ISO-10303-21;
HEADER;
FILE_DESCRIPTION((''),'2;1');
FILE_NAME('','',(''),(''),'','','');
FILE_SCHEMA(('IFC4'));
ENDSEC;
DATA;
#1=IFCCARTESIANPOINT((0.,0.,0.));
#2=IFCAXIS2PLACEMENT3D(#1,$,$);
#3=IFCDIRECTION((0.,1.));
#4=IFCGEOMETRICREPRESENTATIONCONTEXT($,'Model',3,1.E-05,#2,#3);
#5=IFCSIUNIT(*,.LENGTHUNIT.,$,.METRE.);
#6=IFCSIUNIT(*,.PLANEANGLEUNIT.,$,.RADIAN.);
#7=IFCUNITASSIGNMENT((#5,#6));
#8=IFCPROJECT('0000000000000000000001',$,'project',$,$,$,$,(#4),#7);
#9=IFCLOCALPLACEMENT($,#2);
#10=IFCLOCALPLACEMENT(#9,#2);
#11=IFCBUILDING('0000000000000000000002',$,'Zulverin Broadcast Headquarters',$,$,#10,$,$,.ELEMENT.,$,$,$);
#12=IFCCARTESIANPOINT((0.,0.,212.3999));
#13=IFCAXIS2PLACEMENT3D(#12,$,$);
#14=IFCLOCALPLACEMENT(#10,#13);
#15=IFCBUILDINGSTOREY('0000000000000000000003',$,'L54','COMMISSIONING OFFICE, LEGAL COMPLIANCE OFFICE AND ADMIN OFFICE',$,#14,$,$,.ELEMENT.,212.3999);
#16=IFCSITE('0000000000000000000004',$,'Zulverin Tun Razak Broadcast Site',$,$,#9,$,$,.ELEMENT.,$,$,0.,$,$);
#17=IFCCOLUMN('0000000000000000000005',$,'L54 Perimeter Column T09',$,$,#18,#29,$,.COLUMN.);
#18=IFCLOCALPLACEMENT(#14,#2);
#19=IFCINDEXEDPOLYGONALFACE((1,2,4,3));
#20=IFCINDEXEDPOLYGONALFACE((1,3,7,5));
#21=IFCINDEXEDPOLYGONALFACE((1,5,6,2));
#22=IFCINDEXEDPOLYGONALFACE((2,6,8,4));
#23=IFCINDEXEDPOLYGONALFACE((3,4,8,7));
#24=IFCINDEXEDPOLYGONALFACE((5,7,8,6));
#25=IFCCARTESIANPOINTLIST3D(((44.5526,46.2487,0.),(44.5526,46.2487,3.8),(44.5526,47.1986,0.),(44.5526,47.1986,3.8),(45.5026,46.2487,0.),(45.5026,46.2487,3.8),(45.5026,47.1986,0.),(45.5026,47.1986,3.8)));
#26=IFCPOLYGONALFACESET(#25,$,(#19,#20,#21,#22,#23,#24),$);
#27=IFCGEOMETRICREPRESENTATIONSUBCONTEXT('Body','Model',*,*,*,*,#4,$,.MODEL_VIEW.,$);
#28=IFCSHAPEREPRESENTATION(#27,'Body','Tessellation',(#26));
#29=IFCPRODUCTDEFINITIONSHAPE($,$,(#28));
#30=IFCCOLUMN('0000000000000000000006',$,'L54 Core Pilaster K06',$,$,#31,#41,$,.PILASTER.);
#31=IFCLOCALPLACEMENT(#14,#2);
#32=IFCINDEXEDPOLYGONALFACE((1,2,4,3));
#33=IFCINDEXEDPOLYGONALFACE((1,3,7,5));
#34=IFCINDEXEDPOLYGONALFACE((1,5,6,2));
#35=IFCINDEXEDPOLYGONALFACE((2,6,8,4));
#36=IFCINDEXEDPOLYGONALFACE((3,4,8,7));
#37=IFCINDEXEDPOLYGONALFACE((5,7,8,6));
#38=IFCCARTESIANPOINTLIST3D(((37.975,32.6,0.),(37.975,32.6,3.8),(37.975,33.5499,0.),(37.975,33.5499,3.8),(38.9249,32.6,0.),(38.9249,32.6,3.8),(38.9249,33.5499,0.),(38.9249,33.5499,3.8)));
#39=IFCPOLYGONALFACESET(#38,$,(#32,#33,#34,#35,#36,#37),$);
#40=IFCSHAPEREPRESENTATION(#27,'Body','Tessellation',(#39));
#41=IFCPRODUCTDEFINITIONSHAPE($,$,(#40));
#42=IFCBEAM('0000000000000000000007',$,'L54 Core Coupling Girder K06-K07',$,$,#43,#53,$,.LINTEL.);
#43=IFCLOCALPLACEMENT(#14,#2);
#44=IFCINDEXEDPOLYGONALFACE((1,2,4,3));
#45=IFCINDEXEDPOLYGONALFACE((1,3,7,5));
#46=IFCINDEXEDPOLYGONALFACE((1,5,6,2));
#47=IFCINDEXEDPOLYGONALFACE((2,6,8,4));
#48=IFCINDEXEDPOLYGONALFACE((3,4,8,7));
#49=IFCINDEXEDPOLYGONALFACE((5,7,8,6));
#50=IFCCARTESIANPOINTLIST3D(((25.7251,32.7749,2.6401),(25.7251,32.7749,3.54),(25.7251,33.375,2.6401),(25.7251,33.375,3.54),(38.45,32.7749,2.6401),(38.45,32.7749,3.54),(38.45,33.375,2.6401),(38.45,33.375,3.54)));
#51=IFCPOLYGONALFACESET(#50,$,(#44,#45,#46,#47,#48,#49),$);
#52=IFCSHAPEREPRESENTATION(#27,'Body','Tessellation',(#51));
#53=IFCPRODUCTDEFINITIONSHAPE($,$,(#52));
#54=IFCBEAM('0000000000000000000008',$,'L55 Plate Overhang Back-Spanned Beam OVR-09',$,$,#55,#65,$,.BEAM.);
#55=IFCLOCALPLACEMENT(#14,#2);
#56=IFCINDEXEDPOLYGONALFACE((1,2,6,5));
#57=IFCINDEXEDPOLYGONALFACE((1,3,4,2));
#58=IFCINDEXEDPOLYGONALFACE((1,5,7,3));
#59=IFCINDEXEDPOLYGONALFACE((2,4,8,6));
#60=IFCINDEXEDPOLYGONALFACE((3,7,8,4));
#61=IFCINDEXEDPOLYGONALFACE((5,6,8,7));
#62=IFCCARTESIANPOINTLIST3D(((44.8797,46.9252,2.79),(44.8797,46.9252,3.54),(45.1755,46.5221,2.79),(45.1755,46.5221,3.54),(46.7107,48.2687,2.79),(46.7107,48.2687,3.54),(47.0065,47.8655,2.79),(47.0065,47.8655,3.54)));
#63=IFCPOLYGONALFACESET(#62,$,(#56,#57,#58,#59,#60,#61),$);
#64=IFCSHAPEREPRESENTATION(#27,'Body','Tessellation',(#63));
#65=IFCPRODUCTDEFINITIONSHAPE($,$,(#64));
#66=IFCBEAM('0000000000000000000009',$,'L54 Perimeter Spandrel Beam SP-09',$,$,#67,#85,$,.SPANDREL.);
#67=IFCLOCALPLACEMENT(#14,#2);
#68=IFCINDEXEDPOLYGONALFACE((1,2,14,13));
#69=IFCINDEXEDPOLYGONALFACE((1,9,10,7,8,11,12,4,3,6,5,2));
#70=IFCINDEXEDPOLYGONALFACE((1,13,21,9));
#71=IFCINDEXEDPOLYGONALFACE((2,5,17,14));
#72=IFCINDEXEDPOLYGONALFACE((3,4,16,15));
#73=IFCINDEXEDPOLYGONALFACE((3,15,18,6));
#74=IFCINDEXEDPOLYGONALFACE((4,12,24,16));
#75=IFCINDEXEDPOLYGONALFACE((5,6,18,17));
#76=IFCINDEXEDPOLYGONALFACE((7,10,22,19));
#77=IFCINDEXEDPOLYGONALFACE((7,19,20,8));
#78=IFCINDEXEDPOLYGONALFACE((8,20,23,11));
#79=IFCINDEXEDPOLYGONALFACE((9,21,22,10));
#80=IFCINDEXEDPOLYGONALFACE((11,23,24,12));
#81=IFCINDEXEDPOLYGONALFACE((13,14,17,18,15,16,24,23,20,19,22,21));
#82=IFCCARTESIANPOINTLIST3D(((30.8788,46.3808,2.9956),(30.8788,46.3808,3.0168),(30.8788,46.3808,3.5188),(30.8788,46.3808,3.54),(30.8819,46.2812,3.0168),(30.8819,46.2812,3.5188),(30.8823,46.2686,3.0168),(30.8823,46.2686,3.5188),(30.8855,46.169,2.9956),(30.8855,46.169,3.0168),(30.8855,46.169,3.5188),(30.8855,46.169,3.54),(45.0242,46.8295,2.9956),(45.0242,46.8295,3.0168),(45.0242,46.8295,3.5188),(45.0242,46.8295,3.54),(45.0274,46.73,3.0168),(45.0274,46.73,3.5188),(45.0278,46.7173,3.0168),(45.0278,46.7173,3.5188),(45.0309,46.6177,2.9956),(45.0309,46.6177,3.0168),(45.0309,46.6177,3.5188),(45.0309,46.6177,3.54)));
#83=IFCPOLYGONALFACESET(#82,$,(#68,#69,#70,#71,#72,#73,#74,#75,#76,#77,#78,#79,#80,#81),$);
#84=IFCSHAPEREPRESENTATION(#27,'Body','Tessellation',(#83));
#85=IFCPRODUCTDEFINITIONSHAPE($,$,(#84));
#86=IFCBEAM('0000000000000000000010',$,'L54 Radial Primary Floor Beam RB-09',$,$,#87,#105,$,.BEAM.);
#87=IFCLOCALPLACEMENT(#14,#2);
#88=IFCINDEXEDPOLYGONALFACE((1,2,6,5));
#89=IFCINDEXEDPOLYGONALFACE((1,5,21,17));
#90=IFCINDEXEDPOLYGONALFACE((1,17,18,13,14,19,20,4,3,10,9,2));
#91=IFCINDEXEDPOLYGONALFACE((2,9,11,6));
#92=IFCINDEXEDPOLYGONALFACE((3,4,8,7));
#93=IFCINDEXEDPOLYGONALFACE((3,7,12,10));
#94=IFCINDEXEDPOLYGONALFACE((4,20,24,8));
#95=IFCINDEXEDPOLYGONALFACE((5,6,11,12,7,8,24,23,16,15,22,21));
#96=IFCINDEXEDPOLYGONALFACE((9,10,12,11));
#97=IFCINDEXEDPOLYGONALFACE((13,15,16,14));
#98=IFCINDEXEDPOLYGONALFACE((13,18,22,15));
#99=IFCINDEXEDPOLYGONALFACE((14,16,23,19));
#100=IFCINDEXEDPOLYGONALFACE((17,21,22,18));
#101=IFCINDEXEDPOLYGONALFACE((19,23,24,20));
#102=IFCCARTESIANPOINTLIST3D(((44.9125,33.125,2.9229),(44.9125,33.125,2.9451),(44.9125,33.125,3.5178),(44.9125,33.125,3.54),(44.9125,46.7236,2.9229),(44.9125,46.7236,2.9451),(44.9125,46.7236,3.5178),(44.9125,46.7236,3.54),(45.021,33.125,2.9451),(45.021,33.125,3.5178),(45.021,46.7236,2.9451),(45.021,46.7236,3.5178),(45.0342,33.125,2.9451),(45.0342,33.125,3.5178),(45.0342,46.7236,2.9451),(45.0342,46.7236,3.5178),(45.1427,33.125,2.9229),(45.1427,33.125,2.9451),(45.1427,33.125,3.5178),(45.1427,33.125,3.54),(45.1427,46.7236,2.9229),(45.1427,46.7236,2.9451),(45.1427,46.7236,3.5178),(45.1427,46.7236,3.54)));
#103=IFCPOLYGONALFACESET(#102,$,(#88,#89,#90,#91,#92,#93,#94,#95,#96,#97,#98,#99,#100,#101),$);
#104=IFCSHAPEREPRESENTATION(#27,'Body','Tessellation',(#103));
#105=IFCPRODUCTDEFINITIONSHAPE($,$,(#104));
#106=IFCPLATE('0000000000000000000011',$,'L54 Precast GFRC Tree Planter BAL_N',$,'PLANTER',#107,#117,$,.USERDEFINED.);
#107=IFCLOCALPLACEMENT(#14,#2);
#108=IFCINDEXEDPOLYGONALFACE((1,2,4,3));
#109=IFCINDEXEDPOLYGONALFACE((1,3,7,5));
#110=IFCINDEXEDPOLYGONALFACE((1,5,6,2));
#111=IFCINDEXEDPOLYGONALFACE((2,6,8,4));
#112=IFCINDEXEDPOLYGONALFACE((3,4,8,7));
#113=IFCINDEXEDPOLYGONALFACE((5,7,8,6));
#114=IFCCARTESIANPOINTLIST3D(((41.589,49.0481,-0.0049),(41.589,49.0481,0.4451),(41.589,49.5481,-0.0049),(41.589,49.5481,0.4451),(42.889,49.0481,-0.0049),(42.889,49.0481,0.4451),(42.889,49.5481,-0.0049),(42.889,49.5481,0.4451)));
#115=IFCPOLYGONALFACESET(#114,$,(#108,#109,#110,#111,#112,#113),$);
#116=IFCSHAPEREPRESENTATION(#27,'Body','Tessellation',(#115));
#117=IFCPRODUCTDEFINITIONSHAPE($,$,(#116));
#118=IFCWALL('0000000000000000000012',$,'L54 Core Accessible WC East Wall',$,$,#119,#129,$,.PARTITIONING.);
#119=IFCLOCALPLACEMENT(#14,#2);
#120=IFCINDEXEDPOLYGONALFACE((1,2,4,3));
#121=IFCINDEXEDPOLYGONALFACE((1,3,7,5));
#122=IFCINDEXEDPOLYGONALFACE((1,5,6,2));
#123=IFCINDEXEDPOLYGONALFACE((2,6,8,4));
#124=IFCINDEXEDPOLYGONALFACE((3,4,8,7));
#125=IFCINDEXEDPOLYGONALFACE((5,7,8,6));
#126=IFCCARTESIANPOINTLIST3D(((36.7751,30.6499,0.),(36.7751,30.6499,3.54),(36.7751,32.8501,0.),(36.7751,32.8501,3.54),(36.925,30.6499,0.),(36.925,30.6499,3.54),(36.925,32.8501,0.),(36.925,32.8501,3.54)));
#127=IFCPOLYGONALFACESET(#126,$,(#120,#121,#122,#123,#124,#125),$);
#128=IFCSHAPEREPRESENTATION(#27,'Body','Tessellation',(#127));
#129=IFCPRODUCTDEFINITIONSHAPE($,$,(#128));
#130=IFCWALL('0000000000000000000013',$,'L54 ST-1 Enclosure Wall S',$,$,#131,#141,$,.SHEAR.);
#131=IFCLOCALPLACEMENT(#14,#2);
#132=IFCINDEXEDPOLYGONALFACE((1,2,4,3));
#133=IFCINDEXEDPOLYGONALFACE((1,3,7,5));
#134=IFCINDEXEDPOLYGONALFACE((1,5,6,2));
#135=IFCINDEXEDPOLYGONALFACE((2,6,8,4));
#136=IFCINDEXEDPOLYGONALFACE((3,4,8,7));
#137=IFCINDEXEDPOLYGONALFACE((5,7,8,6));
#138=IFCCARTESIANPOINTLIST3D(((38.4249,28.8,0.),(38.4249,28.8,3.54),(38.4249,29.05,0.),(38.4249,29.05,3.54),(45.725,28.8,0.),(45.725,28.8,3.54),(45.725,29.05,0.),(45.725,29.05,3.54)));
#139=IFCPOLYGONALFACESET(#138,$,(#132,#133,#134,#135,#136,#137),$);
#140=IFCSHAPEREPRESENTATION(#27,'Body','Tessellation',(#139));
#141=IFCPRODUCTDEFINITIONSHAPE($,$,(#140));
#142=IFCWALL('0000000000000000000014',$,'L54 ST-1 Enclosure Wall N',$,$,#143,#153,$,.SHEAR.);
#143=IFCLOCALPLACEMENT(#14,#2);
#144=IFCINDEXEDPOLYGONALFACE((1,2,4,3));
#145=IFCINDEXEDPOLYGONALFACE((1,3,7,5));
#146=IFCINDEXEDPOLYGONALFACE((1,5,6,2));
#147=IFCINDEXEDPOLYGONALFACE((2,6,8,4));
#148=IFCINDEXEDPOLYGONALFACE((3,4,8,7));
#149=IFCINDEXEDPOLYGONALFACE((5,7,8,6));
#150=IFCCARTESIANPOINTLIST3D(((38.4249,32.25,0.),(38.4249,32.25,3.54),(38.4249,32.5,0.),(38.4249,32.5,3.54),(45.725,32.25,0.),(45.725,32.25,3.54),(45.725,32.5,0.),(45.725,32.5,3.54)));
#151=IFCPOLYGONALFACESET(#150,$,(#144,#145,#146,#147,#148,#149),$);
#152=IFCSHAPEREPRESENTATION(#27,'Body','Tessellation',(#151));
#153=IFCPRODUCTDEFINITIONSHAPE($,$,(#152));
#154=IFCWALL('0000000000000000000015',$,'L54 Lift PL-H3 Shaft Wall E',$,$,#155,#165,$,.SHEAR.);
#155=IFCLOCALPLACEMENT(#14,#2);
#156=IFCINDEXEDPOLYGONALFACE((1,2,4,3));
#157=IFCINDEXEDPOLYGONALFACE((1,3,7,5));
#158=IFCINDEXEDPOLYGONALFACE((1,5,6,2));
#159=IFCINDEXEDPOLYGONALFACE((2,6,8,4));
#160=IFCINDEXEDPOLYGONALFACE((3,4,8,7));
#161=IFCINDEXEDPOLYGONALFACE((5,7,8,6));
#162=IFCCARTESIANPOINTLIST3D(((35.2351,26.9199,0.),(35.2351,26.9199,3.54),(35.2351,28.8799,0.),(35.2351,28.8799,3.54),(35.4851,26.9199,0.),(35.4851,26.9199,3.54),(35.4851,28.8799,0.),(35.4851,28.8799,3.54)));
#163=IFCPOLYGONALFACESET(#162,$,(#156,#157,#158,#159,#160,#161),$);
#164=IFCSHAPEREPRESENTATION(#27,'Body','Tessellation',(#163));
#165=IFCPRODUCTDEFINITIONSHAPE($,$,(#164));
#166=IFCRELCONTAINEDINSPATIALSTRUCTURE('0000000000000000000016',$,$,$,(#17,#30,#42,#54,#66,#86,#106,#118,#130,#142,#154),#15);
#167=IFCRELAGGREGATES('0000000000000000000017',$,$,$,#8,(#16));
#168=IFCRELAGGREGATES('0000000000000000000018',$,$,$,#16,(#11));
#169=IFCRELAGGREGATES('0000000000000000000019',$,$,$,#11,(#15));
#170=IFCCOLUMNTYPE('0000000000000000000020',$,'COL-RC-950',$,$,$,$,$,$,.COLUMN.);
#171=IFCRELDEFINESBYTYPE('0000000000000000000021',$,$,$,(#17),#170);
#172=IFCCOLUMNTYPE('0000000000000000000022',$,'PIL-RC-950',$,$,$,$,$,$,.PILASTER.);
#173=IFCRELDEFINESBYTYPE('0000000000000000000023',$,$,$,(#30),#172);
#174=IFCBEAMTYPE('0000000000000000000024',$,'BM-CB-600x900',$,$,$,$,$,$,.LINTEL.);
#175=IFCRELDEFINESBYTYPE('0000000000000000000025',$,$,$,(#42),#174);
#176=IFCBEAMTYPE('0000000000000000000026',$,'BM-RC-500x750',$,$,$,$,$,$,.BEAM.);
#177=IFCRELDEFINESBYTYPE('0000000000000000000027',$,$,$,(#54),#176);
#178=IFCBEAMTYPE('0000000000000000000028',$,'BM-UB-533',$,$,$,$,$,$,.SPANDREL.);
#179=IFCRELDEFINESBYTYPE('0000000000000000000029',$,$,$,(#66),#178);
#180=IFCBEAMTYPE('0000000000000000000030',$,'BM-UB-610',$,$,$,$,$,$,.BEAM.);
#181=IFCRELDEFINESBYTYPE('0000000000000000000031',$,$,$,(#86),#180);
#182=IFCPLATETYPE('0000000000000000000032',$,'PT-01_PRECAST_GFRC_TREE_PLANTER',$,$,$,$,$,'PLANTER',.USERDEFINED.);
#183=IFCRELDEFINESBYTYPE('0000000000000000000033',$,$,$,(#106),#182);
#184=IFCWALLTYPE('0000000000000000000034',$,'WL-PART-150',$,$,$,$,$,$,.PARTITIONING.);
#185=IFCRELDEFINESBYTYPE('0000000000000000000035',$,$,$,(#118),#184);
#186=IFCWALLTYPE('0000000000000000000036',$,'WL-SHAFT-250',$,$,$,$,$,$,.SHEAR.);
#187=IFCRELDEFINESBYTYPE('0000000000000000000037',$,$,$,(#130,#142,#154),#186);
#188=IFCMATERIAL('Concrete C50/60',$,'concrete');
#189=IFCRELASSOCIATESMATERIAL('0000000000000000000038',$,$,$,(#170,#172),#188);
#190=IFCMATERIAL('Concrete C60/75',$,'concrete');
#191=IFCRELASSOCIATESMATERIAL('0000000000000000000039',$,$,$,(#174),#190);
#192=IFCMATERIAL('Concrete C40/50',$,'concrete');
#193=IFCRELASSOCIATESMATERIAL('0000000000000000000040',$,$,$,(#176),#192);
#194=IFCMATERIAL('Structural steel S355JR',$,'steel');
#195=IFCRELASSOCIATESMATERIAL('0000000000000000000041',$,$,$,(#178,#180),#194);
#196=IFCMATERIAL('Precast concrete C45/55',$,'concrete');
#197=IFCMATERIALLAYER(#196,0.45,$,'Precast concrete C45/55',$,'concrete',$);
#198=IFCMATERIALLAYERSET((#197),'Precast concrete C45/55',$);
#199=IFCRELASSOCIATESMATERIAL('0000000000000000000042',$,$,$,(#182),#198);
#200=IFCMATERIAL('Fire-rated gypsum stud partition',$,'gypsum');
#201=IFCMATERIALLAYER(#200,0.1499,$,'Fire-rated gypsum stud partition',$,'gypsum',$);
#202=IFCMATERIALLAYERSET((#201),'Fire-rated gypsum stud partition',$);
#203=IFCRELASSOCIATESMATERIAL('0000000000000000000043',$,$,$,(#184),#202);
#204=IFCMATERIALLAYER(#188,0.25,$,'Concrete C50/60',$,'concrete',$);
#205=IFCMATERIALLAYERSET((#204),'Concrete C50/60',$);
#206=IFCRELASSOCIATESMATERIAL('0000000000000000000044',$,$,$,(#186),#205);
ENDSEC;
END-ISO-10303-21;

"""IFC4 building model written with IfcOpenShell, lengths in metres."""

from ifc_helpers import new_model, si_unit, direction, frame, frame_2d, origin, origin_2d, place, context, subcontext, project, spatial, rectangle, i_section, extrude, material, layer, layer_set, material_profile, profile_set, type_object, element, save


model = new_model("IFC4")

# Units and contexts
model_context = context("Model", 3, precision=1e-05, world=origin(), true_north=direction((0.0, 1.0)))
body_context = subcontext(model_context, "Body", "Model", "MODEL_VIEW")
ifc_project = project(units=[si_unit("LENGTHUNIT", "METRE"), si_unit("PLANEANGLEUNIT", "RADIAN")], contexts=[model_context])

# Site, building, storey
site_placement = place(None, origin())
site = spatial("IfcSite", under=ifc_project, at=site_placement, Name="Zulverin Tun Razak Broadcast Site", CompositionType="ELEMENT", RefElevation=0.0)
building_placement = place(site_placement, origin())
building = spatial("IfcBuilding", under=site, at=building_placement, Name="Zulverin Broadcast Headquarters", CompositionType="ELEMENT")
storey_placement = place(building_placement, frame((0.0, 0.0, 212.3999)))
storey = spatial("IfcBuildingStorey", under=building, at=storey_placement, Name="L54", Description="COMMISSIONING OFFICE, LEGAL COMPLIANCE OFFICE AND ADMIN OFFICE", CompositionType="ELEMENT", Elevation=212.3999)

# Columns
ifc_material_1 = material(Name="Concrete C50/60", Category="concrete")
ifc_material_profile_1 = material_profile(ifc_material_1, rectangle(XDim=0.95, YDim=0.95, at=origin_2d()), Name="Concrete C50/60", Category="concrete")
ifc_profile_set_1 = profile_set([ifc_material_profile_1], Name="Concrete C50/60")
column_type_1 = type_object("IfcColumnType", Name="COL-RC-950", PredefinedType="COLUMN", material=ifc_profile_set_1)
column_1_placement = place(storey_placement, frame((45.0276, 46.7236, 0.0), z_axis=(0.0, 0.0, 1.0), x_axis=(1.0, 0.0, 0.0)))
element("IfcColumn", 1, at=column_1_placement, inside=storey, type_object=column_type_1, Name="L54 Perimeter Column T09", PredefinedType="COLUMN", context=body_context, shape_type="SweptSolid", body=[
    extrude(rectangle(XDim=0.95, YDim=0.95, at=origin_2d()), origin(), (0.0, 0.0, 1.0), 3.8),
])
ifc_material_profile_2 = material_profile(ifc_material_1, rectangle(XDim=0.95, YDim=0.95, at=origin_2d()), Name="Concrete C50/60", Category="concrete")
ifc_profile_set_2 = profile_set([ifc_material_profile_2], Name="Concrete C50/60")
column_type_2 = type_object("IfcColumnType", Name="PIL-RC-950", PredefinedType="PILASTER", material=ifc_profile_set_2)
column_2_placement = place(storey_placement, frame((38.45, 33.075, 0.0), z_axis=(0.0, 0.0, 1.0), x_axis=(1.0, 0.0, 0.0)))
element("IfcColumn", 2, at=column_2_placement, inside=storey, type_object=column_type_2, Name="L54 Core Pilaster K06", PredefinedType="PILASTER", context=body_context, shape_type="SweptSolid", body=[
    extrude(rectangle(XDim=0.95, YDim=0.95, at=origin_2d()), origin(), (0.0, 0.0, 1.0), 3.8),
])

# Beams
ifc_material_2 = material(Name="Concrete C60/75", Category="concrete")
ifc_material_profile_3 = material_profile(ifc_material_2, rectangle(XDim=0.6001, YDim=0.8999, at=origin_2d()), Name="Concrete C60/75", Category="concrete")
ifc_profile_set_3 = profile_set([ifc_material_profile_3], Name="Concrete C60/75")
beam_type_1 = type_object("IfcBeamType", Name="BM-CB-600x900", PredefinedType="LINTEL", material=ifc_profile_set_3)
beam_1_placement = place(storey_placement, frame((38.45, 33.075, 3.0901), z_axis=(-1.0, 0.0, 0.0), x_axis=(0.0, -1.0, 0.0)))
element("IfcBeam", 3, at=beam_1_placement, inside=storey, type_object=beam_type_1, Name="L54 Core Coupling Girder K06-K07", PredefinedType="LINTEL", context=body_context, shape_type="SweptSolid", body=[
    extrude(rectangle(XDim=0.6001, YDim=0.8999, at=origin_2d()), origin(), (0.0, 0.0, 1.0), 12.7249),
])
ifc_material_3 = material(Name="Concrete C40/50", Category="concrete")
ifc_material_profile_4 = material_profile(ifc_material_3, rectangle(XDim=0.5, YDim=0.75, at=origin_2d()), Name="Concrete C40/50", Category="concrete")
ifc_profile_set_4 = profile_set([ifc_material_profile_4], Name="Concrete C40/50")
beam_type_2 = type_object("IfcBeamType", Name="BM-RC-500x750", PredefinedType="BEAM", material=ifc_profile_set_4)
beam_2_placement = place(storey_placement, frame((45.0276, 46.7236, 3.165), z_axis=(0.806251, 0.591573, 0.0), x_axis=(-0.591573, 0.806251, 0.0)))
element("IfcBeam", 4, at=beam_2_placement, inside=storey, type_object=beam_type_2, Name="L55 Plate Overhang Back-Spanned Beam OVR-09", PredefinedType="BEAM", context=body_context, shape_type="SweptSolid", body=[
    extrude(rectangle(XDim=0.5, YDim=0.75, at=origin_2d()), origin(), (0.0, 0.0, 1.0), 2.271),
])
ifc_material_4 = material(Name="Structural steel S355JR", Category="steel")
ifc_material_profile_5 = material_profile(ifc_material_4, i_section(OverallWidth=0.2119, OverallDepth=0.5444, WebThickness=0.0127, FlangeThickness=0.0212, at=origin_2d()), Name="Structural steel S355JR", Category="steel")
ifc_profile_set_5 = profile_set([ifc_material_profile_5], Name="Structural steel S355JR")
beam_type_3 = type_object("IfcBeamType", Name="BM-UB-533", PredefinedType="SPANDREL", material=ifc_profile_set_5)
beam_3_placement = place(storey_placement, frame((45.0276, 46.7236, 3.2678), z_axis=(-0.999497, -0.031707, 0.0), x_axis=(0.031707, -0.999497, 0.0)))
element("IfcBeam", 5, at=beam_3_placement, inside=storey, type_object=beam_type_3, Name="L54 Perimeter Spandrel Beam SP-09", PredefinedType="SPANDREL", context=body_context, shape_type="SweptSolid", body=[
    extrude(i_section(OverallWidth=0.2119, OverallDepth=0.5444, WebThickness=0.0127, FlangeThickness=0.0212, at=origin_2d()), origin(), (0.0, 0.0, 1.0), 14.1526),
])
ifc_material_profile_6 = material_profile(ifc_material_4, i_section(OverallWidth=0.2302, OverallDepth=0.6172, WebThickness=0.0132, FlangeThickness=0.0222, at=origin_2d()), Name="Structural steel S355JR", Category="steel")
ifc_profile_set_6 = profile_set([ifc_material_profile_6], Name="Structural steel S355JR")
beam_type_4 = type_object("IfcBeamType", Name="BM-UB-610", PredefinedType="BEAM", material=ifc_profile_set_6)
beam_4_placement = place(storey_placement, frame((45.0276, 33.125, 3.2314), z_axis=(0.0, 1.0, 0.0), x_axis=(-1.0, 0.0, 0.0)))
element("IfcBeam", 6, at=beam_4_placement, inside=storey, type_object=beam_type_4, Name="L54 Radial Primary Floor Beam RB-09", PredefinedType="BEAM", context=body_context, shape_type="SweptSolid", body=[
    extrude(i_section(OverallWidth=0.2302, OverallDepth=0.6172, WebThickness=0.0132, FlangeThickness=0.0222, at=origin_2d()), origin(), (0.0, 0.0, 1.0), 13.5986),
])

# Plate
ifc_material_5 = material(Name="Precast concrete C45/55", Category="concrete")
ifc_layer_1 = layer(ifc_material_5, 0.45, Name="Precast concrete C45/55", Category="concrete")
ifc_layer_set_1 = layer_set([ifc_layer_1], Name="Precast concrete C45/55")
plate_type = type_object("IfcPlateType", Name="PT-01_PRECAST_GFRC_TREE_PLANTER", ElementType="PLANTER", PredefinedType="USERDEFINED", material=ifc_layer_set_1)
plate_placement = place(storey_placement, frame((42.239, 49.2981, -0.0049), z_axis=(0.0, 0.0, 1.0), x_axis=(1.0, 0.0, 0.0)))
element("IfcPlate", 7, at=plate_placement, inside=storey, type_object=plate_type, Name="L54 Precast GFRC Tree Planter BAL_N", ObjectType="PLANTER", PredefinedType="USERDEFINED", context=body_context, shape_type="SweptSolid", body=[
    extrude(rectangle(XDim=1.3, YDim=0.5, at=origin_2d()), origin(), (0.0, 0.0, 1.0), 0.45),
])

# Walls
ifc_material_6 = material(Name="Fire-rated gypsum stud partition", Category="gypsum")
ifc_layer_2 = layer(ifc_material_6, 0.1499, Name="Fire-rated gypsum stud partition", Category="gypsum")
ifc_layer_set_2 = layer_set([ifc_layer_2], Name="Fire-rated gypsum stud partition")
wall_type_1 = type_object("IfcWallType", Name="WL-PART-150", PredefinedType="PARTITIONING", material=ifc_layer_set_2)
wall_1_placement = place(storey_placement, frame((36.8501, 30.6499, 0.0), z_axis=(0.0, 0.0, 1.0), x_axis=(0.0, 1.0, 0.0)))
element("IfcWall", 8, at=wall_1_placement, inside=storey, type_object=wall_type_1, Name="L54 Core Accessible WC East Wall", PredefinedType="PARTITIONING", context=body_context, shape_type="SweptSolid", body=[
    extrude(rectangle(XDim=2.2002, YDim=0.1499, at=frame_2d((1.1001, 0.0))), origin(), (0.0, 0.0, 1.0), 3.54),
])
ifc_layer_3 = layer(ifc_material_1, 0.25, Name="Concrete C50/60", Category="concrete")
ifc_layer_set_3 = layer_set([ifc_layer_3], Name="Concrete C50/60")
wall_type_2 = type_object("IfcWallType", Name="WL-SHAFT-250", PredefinedType="SHEAR", material=ifc_layer_set_3)
for number, where, z_axis, x_axis, name in (
    (9, (38.425, 28.925, 0.0), (0.0, 0.0, 1.0), (1.0, 0.0, 0.0), "L54 ST-1 Enclosure Wall S"),
    (10, (38.425, 32.375, 0.0), (0.0, 0.0, 1.0), (1.0, 0.0, 0.0), "L54 ST-1 Enclosure Wall N"),
):
    element("IfcWall", number, at=place(storey_placement, frame(where, z_axis=z_axis, x_axis=x_axis)), inside=storey, type_object=wall_type_2, Name=name, PredefinedType="SHEAR", context=body_context, shape_type="SweptSolid", body=[
        extrude(rectangle(XDim=7.3, YDim=0.25, at=frame_2d((3.6499, 0.0))), origin(), (0.0, 0.0, 1.0), 3.54),
    ])

# Wall
wall_2_placement = place(storey_placement, frame((35.3601, 26.9199, 0.0), z_axis=(0.0, 0.0, 1.0), x_axis=(0.0, 1.0, 0.0)))
element("IfcWall", 11, at=wall_2_placement, inside=storey, type_object=wall_type_2, Name="L54 Lift PL-H3 Shaft Wall E", PredefinedType="SHEAR", context=body_context, shape_type="SweptSolid", body=[
    extrude(rectangle(XDim=1.96, YDim=0.25, at=frame_2d((0.98, 0.0))), origin(), (0.0, 0.0, 1.0), 3.54),
])

save(model, "model.ifc")
